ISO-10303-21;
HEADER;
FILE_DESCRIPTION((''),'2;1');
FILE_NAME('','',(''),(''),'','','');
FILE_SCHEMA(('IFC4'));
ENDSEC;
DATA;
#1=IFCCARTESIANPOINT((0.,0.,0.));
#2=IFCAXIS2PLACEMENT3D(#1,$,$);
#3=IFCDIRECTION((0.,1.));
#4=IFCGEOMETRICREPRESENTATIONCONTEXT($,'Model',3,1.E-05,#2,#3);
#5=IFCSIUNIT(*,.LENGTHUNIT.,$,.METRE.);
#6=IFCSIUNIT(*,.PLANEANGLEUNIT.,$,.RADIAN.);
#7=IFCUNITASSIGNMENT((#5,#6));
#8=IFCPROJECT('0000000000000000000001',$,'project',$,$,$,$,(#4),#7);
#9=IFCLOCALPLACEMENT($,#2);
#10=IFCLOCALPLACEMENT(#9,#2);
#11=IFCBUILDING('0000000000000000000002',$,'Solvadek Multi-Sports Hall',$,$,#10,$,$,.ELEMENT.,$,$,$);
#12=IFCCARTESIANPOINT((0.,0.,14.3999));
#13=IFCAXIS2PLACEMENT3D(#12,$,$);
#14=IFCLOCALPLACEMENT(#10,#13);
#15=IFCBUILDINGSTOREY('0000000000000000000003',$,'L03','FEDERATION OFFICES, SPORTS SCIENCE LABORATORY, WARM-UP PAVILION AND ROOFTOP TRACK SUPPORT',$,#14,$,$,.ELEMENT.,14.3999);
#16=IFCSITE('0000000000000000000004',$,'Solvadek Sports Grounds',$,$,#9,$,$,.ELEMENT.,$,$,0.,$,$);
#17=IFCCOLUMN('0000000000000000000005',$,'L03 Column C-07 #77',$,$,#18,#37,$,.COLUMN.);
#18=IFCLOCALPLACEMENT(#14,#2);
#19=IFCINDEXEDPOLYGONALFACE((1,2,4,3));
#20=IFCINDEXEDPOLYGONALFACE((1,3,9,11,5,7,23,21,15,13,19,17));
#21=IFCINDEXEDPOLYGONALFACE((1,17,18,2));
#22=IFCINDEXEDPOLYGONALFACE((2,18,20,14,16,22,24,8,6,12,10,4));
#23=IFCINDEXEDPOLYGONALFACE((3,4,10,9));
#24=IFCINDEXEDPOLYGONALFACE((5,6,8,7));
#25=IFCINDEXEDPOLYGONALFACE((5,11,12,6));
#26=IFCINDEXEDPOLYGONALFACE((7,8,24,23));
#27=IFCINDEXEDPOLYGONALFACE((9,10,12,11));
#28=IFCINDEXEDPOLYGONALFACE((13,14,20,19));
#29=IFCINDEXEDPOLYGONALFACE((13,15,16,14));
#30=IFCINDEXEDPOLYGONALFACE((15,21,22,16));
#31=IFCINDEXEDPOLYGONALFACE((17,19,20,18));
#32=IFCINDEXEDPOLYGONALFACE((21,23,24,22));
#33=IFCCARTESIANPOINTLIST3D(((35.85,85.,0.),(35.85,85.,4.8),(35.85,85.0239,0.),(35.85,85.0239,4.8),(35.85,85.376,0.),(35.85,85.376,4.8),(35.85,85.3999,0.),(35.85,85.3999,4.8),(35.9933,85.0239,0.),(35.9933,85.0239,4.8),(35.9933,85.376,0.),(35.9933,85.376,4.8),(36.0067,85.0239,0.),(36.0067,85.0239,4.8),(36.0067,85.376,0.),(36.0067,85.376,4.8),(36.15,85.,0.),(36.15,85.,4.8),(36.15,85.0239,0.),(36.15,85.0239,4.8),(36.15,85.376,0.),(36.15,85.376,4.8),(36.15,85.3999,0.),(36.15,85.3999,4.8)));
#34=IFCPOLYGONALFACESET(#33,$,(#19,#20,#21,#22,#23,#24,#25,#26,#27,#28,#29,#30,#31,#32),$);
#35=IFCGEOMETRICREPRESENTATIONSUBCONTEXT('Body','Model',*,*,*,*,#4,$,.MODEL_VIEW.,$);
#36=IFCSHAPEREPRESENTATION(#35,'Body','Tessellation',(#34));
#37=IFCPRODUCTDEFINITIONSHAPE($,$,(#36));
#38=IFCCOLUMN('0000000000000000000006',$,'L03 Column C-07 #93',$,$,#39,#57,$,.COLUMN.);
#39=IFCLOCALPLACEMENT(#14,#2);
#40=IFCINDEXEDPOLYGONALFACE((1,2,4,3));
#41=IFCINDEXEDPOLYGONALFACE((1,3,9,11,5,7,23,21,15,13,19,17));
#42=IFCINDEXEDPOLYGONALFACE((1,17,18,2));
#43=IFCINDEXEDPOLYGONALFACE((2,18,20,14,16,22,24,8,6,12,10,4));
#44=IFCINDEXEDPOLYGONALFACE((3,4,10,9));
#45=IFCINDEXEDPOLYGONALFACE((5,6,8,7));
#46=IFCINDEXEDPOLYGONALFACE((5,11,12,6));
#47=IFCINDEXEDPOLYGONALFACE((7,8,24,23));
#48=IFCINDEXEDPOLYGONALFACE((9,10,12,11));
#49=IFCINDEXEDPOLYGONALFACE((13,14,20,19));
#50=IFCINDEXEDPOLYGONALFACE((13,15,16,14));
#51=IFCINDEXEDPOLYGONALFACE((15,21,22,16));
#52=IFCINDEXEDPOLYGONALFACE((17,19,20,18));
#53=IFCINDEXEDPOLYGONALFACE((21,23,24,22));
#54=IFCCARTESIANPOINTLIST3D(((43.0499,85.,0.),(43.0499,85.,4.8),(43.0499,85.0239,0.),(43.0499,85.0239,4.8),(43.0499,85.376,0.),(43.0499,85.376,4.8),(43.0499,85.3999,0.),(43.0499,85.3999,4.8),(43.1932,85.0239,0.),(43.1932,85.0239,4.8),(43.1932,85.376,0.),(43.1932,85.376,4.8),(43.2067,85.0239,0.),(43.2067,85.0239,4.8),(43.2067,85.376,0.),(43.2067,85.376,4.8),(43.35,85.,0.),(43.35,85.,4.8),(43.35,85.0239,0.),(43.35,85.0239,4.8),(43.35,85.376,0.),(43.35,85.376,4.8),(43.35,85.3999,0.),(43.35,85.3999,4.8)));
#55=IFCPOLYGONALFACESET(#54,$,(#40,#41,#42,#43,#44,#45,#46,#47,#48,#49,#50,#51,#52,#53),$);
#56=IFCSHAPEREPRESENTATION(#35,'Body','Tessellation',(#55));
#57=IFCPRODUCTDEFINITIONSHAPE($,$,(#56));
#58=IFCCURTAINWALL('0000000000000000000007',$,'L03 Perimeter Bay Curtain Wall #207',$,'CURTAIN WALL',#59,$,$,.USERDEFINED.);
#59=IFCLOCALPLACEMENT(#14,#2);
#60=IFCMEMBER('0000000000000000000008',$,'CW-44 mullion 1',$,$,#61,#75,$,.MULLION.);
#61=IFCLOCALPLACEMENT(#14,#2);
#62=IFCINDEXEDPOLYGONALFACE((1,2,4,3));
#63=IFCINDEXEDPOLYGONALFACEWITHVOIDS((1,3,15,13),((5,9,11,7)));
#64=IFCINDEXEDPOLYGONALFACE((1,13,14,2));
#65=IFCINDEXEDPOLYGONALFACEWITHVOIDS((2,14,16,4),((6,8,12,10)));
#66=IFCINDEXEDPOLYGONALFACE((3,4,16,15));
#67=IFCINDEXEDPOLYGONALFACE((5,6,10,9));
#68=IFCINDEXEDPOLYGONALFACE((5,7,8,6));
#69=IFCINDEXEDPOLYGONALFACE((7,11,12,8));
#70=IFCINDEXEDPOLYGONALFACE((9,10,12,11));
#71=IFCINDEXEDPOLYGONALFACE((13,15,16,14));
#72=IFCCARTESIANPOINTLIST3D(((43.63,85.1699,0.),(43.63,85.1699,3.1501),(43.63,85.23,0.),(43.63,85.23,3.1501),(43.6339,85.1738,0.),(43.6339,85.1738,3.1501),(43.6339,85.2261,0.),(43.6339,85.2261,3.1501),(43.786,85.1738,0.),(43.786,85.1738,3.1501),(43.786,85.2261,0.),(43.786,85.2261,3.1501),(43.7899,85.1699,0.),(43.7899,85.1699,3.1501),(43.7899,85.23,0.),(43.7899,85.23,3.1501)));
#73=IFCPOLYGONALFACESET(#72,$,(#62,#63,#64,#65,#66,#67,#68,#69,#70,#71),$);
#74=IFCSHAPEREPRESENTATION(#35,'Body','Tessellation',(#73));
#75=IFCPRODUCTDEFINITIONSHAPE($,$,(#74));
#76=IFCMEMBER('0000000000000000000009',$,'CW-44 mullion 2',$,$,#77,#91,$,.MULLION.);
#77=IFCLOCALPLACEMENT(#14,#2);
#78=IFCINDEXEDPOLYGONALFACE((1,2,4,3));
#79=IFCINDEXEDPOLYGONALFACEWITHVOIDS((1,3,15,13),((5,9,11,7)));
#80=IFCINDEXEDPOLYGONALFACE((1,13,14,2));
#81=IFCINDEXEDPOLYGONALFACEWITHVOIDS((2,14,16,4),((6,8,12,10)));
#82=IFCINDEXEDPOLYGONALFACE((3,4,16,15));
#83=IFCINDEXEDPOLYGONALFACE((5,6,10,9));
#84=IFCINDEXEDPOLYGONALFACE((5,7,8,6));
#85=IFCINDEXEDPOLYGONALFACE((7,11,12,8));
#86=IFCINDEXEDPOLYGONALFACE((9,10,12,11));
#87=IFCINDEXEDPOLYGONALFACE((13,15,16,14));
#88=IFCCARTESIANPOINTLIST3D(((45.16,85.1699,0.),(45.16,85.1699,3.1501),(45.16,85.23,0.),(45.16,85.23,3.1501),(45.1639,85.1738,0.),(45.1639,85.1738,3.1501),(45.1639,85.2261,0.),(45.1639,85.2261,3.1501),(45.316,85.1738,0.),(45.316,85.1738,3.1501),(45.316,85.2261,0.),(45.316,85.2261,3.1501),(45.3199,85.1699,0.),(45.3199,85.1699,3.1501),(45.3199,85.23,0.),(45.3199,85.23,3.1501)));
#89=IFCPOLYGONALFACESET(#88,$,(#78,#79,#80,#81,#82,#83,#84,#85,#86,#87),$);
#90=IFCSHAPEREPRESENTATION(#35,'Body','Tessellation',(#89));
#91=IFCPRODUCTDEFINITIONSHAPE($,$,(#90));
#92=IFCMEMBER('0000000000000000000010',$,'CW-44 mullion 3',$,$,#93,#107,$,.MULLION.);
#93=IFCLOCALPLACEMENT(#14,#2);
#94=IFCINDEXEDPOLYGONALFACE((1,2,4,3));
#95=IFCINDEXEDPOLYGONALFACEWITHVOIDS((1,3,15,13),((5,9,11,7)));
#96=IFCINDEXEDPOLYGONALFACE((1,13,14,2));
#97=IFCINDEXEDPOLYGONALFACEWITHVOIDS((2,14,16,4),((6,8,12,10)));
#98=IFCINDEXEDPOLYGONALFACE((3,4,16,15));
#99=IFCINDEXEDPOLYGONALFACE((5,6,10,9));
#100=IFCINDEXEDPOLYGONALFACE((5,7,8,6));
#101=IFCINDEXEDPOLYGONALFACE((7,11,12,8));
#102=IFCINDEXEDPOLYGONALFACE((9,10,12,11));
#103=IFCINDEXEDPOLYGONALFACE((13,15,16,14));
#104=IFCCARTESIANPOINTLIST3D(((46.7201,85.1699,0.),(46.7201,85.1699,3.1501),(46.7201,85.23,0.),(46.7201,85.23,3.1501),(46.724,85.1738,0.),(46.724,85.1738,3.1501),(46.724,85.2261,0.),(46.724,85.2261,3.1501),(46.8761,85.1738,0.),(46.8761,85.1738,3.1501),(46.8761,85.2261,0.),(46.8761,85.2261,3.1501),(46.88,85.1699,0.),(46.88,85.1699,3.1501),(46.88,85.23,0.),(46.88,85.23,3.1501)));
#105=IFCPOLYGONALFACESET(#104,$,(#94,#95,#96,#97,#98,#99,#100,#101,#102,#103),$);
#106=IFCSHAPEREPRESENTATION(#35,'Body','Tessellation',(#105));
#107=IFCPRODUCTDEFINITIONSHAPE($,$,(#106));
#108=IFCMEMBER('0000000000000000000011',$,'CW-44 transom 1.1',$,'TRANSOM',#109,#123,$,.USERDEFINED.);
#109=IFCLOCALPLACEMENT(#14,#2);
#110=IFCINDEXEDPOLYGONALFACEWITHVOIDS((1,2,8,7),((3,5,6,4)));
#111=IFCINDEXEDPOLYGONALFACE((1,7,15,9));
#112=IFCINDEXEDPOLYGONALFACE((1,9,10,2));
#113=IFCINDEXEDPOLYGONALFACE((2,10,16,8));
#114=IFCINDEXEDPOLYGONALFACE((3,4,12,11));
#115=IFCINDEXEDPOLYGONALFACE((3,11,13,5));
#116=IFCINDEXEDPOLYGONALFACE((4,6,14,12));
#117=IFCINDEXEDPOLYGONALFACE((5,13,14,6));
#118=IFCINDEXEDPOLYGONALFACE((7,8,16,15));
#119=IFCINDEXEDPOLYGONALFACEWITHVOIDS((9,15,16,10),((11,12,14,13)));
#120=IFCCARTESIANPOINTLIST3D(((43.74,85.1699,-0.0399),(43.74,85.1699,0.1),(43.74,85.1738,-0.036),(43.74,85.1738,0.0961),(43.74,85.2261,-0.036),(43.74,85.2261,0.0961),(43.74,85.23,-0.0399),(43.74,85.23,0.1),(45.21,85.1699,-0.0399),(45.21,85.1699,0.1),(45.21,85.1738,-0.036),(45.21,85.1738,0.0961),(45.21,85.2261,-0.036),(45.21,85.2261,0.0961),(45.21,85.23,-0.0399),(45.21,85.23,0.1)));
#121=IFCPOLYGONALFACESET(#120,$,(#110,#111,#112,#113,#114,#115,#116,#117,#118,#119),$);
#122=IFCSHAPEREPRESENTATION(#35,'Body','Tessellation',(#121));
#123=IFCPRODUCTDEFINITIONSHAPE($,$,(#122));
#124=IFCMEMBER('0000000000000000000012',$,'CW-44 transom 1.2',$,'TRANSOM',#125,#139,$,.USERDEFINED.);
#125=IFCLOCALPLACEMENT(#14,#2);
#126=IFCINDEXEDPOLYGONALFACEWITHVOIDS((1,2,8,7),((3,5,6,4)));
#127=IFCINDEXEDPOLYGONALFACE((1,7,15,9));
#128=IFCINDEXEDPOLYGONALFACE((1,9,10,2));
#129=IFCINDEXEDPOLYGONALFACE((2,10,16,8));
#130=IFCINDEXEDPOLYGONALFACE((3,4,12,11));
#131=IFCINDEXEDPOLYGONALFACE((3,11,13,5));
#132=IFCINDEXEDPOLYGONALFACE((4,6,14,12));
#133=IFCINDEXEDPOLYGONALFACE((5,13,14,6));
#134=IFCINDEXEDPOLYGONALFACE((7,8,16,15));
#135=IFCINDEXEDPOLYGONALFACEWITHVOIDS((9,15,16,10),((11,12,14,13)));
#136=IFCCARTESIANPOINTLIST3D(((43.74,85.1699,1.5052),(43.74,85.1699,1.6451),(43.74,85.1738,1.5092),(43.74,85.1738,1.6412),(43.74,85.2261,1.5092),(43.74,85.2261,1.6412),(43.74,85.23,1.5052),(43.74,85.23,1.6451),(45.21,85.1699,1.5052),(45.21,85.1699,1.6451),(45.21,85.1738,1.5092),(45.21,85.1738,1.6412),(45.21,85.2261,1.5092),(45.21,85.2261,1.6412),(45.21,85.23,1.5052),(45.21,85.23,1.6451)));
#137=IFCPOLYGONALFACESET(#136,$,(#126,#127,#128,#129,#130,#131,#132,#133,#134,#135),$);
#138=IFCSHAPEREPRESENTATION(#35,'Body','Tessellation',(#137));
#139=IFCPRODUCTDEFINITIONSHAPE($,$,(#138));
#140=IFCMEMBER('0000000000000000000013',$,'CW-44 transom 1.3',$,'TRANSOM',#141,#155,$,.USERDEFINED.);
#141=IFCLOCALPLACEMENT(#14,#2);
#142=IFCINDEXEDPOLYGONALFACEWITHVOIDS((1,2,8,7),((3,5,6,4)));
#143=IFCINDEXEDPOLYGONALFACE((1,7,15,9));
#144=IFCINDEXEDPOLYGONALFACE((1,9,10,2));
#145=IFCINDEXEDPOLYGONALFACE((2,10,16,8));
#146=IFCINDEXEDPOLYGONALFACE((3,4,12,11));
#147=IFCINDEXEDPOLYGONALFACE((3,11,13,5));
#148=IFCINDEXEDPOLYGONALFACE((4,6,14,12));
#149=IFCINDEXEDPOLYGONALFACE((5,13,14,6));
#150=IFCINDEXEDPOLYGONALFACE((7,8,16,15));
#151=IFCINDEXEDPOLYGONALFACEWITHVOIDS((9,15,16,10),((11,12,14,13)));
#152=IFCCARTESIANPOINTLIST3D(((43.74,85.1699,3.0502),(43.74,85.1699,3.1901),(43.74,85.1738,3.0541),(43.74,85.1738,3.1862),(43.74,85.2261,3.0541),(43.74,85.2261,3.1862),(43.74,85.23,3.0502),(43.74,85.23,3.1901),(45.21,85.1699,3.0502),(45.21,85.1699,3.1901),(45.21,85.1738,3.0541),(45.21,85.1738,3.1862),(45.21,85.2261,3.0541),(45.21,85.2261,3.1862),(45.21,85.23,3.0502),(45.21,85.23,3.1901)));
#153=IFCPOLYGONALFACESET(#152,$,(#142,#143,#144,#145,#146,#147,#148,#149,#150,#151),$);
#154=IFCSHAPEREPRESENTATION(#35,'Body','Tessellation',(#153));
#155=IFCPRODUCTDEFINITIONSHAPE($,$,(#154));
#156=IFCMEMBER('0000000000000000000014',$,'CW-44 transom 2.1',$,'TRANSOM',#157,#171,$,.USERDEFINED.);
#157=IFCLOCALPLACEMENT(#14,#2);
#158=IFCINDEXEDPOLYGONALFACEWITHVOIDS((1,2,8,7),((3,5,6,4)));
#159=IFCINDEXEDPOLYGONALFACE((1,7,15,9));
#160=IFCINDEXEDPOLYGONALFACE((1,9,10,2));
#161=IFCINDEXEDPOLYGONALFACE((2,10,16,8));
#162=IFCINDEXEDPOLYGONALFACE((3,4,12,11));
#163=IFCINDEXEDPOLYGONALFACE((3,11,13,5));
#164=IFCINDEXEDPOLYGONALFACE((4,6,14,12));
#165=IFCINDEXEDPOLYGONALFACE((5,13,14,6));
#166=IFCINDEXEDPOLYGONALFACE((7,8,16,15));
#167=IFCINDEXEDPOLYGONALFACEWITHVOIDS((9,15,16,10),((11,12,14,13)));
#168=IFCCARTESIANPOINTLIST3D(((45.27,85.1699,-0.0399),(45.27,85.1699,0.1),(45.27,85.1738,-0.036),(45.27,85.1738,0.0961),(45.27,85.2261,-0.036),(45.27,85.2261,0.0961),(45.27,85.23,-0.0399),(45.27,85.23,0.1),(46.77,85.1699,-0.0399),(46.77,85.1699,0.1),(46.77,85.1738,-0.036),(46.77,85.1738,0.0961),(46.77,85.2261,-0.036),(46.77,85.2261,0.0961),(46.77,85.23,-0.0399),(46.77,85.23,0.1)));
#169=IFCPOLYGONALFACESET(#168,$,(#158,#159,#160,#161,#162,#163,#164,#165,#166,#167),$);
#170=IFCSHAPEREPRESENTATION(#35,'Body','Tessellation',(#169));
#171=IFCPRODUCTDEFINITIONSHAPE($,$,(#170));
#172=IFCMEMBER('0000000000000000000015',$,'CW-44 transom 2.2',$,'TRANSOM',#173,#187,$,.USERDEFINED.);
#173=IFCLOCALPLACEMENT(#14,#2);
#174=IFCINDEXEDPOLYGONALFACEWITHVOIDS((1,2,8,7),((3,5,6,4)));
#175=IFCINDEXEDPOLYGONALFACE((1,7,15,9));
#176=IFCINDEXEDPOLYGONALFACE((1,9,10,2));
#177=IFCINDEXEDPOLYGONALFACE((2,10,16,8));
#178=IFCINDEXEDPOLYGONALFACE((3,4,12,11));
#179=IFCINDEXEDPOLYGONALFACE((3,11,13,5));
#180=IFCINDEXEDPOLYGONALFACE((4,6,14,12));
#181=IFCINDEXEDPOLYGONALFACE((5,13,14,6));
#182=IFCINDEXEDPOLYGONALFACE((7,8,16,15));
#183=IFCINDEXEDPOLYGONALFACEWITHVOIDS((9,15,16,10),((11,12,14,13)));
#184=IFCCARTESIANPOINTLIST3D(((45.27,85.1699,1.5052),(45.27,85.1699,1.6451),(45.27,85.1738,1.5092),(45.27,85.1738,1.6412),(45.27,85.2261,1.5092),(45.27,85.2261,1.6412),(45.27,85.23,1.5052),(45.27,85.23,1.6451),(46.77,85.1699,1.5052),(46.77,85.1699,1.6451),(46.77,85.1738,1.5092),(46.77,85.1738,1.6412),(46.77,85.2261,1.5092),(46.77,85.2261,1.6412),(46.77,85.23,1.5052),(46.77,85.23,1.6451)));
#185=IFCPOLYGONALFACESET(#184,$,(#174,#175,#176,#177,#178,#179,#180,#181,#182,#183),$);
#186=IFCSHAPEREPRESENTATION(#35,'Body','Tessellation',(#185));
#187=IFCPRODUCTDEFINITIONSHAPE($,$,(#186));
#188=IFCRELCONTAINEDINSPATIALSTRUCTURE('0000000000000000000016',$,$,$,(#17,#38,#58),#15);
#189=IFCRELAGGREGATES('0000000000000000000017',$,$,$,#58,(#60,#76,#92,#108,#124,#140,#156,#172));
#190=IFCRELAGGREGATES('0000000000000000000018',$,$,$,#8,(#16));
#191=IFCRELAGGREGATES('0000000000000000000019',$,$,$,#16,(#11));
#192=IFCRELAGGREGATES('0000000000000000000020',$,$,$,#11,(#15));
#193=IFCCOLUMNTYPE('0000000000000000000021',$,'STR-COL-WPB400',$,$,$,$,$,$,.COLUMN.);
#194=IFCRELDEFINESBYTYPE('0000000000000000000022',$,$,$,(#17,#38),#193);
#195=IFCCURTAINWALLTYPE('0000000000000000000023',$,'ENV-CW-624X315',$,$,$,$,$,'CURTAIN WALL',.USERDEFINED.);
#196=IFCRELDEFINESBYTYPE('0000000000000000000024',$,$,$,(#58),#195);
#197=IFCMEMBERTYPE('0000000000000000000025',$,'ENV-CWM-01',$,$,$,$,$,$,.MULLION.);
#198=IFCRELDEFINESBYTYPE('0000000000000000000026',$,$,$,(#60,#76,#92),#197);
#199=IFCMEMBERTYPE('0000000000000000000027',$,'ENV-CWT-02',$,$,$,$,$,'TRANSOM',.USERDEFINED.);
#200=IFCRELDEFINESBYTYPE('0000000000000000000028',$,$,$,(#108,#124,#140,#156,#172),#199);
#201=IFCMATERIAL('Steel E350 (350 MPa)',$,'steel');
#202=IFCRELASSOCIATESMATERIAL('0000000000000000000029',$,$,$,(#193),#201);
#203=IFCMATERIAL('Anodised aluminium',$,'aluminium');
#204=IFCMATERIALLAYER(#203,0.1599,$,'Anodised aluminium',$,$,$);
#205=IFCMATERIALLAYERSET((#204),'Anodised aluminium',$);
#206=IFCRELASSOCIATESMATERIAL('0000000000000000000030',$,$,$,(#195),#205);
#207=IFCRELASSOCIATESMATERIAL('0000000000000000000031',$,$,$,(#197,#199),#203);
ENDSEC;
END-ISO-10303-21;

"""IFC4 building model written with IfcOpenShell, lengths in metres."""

from ifc_helpers import new_model, si_unit, direction, frame, origin, origin_2d, place, context, subcontext, project, spatial, hollow_rectangle, i_section, extrude, material, layer, layer_set, material_profile, profile_set, type_object, element, aggregate, save


model = new_model("IFC4")

# Units and contexts
model_context = context("Model", 3, precision=1e-05, world=origin(), true_north=direction((0.0, 1.0)))
body_context = subcontext(model_context, "Body", "Model", "MODEL_VIEW")
ifc_project = project(units=[si_unit("LENGTHUNIT", "METRE"), si_unit("PLANEANGLEUNIT", "RADIAN")], contexts=[model_context])

# Site, building, storey
site_placement = place(None, origin())
site = spatial("IfcSite", under=ifc_project, at=site_placement, Name="Solvadek Sports Grounds", CompositionType="ELEMENT", RefElevation=0.0)
building_placement = place(site_placement, origin())
building = spatial("IfcBuilding", under=site, at=building_placement, Name="Solvadek Multi-Sports Hall", CompositionType="ELEMENT")
storey_placement = place(building_placement, frame((0.0, 0.0, 14.3999)))
storey = spatial("IfcBuildingStorey", under=building, at=storey_placement, Name="L03", Description="FEDERATION OFFICES, SPORTS SCIENCE LABORATORY, WARM-UP PAVILION AND ROOFTOP TRACK SUPPORT", CompositionType="ELEMENT", Elevation=14.3999)

# Columns
ifc_material_1 = material(Name="Steel E350 (350 MPa)", Category="steel")
ifc_material_profile_1 = material_profile(ifc_material_1, i_section(OverallWidth=0.3, OverallDepth=0.3999, WebThickness=0.0134, FlangeThickness=0.0239, at=origin_2d()), Name="WPB 400")
ifc_profile_set_1 = profile_set([ifc_material_profile_1], Name="Steel E350 (350 MPa)")
column_type = type_object("IfcColumnType", Name="STR-COL-WPB400", PredefinedType="COLUMN", material=ifc_profile_set_1)
for number, where, z_axis, x_axis, name in (
    (1, (36.0, 85.2, 0.0), (0.0, 0.0, 1.0), (1.0, 0.0, 0.0), "L03 Column C-07 #77"),
    (2, (43.2, 85.2, 0.0), (0.0, 0.0, 1.0), (1.0, 0.0, 0.0), "L03 Column C-07 #93"),
):
    element("IfcColumn", number, at=place(storey_placement, frame(where, z_axis=z_axis, x_axis=x_axis)), inside=storey, type_object=column_type, Name=name, PredefinedType="COLUMN", context=body_context, shape_type="SweptSolid", body=[
        extrude(i_section(OverallWidth=0.3, OverallDepth=0.3999, WebThickness=0.0134, FlangeThickness=0.0239, at=origin_2d()), origin(), (0.0, 0.0, 1.0), 4.8),
    ])

# Curtain wall, members
ifc_material_2 = material(Name="Anodised aluminium", Category="aluminium")
ifc_layer_1 = layer(ifc_material_2, 0.1599, Name="Anodised aluminium")
ifc_layer_set_1 = layer_set([ifc_layer_1], Name="Anodised aluminium")
curtain_wall_type = type_object("IfcCurtainWallType", Name="ENV-CW-624X315", ElementType="CURTAIN WALL", PredefinedType="USERDEFINED", material=ifc_layer_set_1)
curtain_wall_placement = place(storey_placement, origin())
curtain_wall = element("IfcCurtainWall", 3, at=curtain_wall_placement, inside=storey, type_object=curtain_wall_type, Name="L03 Perimeter Bay Curtain Wall #207", ObjectType="CURTAIN WALL", PredefinedType="USERDEFINED")
ifc_material_profile_2 = material_profile(ifc_material_2, hollow_rectangle(XDim=0.0601, YDim=0.1599, WallThickness=0.0039, at=origin_2d()), Name="ALU-M 160x60x4")
ifc_profile_set_2 = profile_set([ifc_material_profile_2], Name="Anodised aluminium")
member_type_1 = type_object("IfcMemberType", Name="ENV-CWM-01", PredefinedType="MULLION", material=ifc_profile_set_2)
member_1_placement = place(storey_placement, frame((43.71, 85.2, 0.0), z_axis=(0.0, 0.0, 1.0), x_axis=(0.0, 1.0, 0.0)))
member_1 = element("IfcMember", 4, at=member_1_placement, type_object=member_type_1, Name="CW-44 mullion 1", PredefinedType="MULLION", context=body_context, shape_type="SweptSolid", body=[
    extrude(hollow_rectangle(XDim=0.0601, YDim=0.1599, WallThickness=0.0039, at=origin_2d()), origin(), (0.0, 0.0, 1.0), 3.1501),
])
member_2_placement = place(storey_placement, frame((45.24, 85.2, 0.0), z_axis=(0.0, 0.0, 1.0), x_axis=(0.0, 1.0, 0.0)))
member_2 = element("IfcMember", 5, at=member_2_placement, type_object=member_type_1, Name="CW-44 mullion 2", PredefinedType="MULLION", context=body_context, shape_type="SweptSolid", body=[
    extrude(hollow_rectangle(XDim=0.0601, YDim=0.1599, WallThickness=0.0039, at=origin_2d()), origin(), (0.0, 0.0, 1.0), 3.1501),
])
member_3_placement = place(storey_placement, frame((46.8, 85.2, 0.0), z_axis=(0.0, 0.0, 1.0), x_axis=(0.0, 1.0, 0.0)))
member_3 = element("IfcMember", 6, at=member_3_placement, type_object=member_type_1, Name="CW-44 mullion 3", PredefinedType="MULLION", context=body_context, shape_type="SweptSolid", body=[
    extrude(hollow_rectangle(XDim=0.0601, YDim=0.1599, WallThickness=0.0039, at=origin_2d()), origin(), (0.0, 0.0, 1.0), 3.1501),
])
ifc_material_profile_3 = material_profile(ifc_material_2, hollow_rectangle(XDim=0.0601, YDim=0.1399, WallThickness=0.0039, at=origin_2d()), Name="ALU-T 140x60x4")
ifc_profile_set_3 = profile_set([ifc_material_profile_3], Name="Anodised aluminium")
member_type_2 = type_object("IfcMemberType", Name="ENV-CWT-02", ElementType="TRANSOM", PredefinedType="USERDEFINED", material=ifc_profile_set_3)
member_4_placement = place(storey_placement, frame((43.74, 85.2, 0.03), z_axis=(1.0, 0.0, 0.0), x_axis=(0.0, 1.0, 0.0)))
member_4 = element("IfcMember", 7, at=member_4_placement, type_object=member_type_2, Name="CW-44 transom 1.1", ObjectType="TRANSOM", PredefinedType="USERDEFINED", context=body_context, shape_type="SweptSolid", body=[
    extrude(hollow_rectangle(XDim=0.0601, YDim=0.1399, WallThickness=0.0039, at=origin_2d()), origin(), (0.0, 0.0, 1.0), 1.47),
])
member_5_placement = place(storey_placement, frame((43.74, 85.2, 1.5752), z_axis=(1.0, 0.0, 0.0), x_axis=(0.0, 1.0, 0.0)))
member_5 = element("IfcMember", 8, at=member_5_placement, type_object=member_type_2, Name="CW-44 transom 1.2", ObjectType="TRANSOM", PredefinedType="USERDEFINED", context=body_context, shape_type="SweptSolid", body=[
    extrude(hollow_rectangle(XDim=0.0601, YDim=0.1399, WallThickness=0.0039, at=origin_2d()), origin(), (0.0, 0.0, 1.0), 1.47),
])
member_6_placement = place(storey_placement, frame((43.74, 85.2, 3.1201), z_axis=(1.0, 0.0, 0.0), x_axis=(0.0, 1.0, 0.0)))
member_6 = element("IfcMember", 9, at=member_6_placement, type_object=member_type_2, Name="CW-44 transom 1.3", ObjectType="TRANSOM", PredefinedType="USERDEFINED", context=body_context, shape_type="SweptSolid", body=[
    extrude(hollow_rectangle(XDim=0.0601, YDim=0.1399, WallThickness=0.0039, at=origin_2d()), origin(), (0.0, 0.0, 1.0), 1.47),
])
member_7_placement = place(storey_placement, frame((45.27, 85.2, 0.03), z_axis=(1.0, 0.0, 0.0), x_axis=(0.0, 1.0, 0.0)))
member_7 = element("IfcMember", 10, at=member_7_placement, type_object=member_type_2, Name="CW-44 transom 2.1", ObjectType="TRANSOM", PredefinedType="USERDEFINED", context=body_context, shape_type="SweptSolid", body=[
    extrude(hollow_rectangle(XDim=0.0601, YDim=0.1399, WallThickness=0.0039, at=origin_2d()), origin(), (0.0, 0.0, 1.0), 1.5),
])
member_8_placement = place(storey_placement, frame((45.27, 85.2, 1.5752), z_axis=(1.0, 0.0, 0.0), x_axis=(0.0, 1.0, 0.0)))
member_8 = element("IfcMember", 11, at=member_8_placement, type_object=member_type_2, Name="CW-44 transom 2.2", ObjectType="TRANSOM", PredefinedType="USERDEFINED", context=body_context, shape_type="SweptSolid", body=[
    extrude(hollow_rectangle(XDim=0.0601, YDim=0.1399, WallThickness=0.0039, at=origin_2d()), origin(), (0.0, 0.0, 1.0), 1.5),
])

aggregate(curtain_wall, [member_1, member_2, member_3, member_4, member_5, member_6, member_7, member_8])

save(model, "model.ifc")
